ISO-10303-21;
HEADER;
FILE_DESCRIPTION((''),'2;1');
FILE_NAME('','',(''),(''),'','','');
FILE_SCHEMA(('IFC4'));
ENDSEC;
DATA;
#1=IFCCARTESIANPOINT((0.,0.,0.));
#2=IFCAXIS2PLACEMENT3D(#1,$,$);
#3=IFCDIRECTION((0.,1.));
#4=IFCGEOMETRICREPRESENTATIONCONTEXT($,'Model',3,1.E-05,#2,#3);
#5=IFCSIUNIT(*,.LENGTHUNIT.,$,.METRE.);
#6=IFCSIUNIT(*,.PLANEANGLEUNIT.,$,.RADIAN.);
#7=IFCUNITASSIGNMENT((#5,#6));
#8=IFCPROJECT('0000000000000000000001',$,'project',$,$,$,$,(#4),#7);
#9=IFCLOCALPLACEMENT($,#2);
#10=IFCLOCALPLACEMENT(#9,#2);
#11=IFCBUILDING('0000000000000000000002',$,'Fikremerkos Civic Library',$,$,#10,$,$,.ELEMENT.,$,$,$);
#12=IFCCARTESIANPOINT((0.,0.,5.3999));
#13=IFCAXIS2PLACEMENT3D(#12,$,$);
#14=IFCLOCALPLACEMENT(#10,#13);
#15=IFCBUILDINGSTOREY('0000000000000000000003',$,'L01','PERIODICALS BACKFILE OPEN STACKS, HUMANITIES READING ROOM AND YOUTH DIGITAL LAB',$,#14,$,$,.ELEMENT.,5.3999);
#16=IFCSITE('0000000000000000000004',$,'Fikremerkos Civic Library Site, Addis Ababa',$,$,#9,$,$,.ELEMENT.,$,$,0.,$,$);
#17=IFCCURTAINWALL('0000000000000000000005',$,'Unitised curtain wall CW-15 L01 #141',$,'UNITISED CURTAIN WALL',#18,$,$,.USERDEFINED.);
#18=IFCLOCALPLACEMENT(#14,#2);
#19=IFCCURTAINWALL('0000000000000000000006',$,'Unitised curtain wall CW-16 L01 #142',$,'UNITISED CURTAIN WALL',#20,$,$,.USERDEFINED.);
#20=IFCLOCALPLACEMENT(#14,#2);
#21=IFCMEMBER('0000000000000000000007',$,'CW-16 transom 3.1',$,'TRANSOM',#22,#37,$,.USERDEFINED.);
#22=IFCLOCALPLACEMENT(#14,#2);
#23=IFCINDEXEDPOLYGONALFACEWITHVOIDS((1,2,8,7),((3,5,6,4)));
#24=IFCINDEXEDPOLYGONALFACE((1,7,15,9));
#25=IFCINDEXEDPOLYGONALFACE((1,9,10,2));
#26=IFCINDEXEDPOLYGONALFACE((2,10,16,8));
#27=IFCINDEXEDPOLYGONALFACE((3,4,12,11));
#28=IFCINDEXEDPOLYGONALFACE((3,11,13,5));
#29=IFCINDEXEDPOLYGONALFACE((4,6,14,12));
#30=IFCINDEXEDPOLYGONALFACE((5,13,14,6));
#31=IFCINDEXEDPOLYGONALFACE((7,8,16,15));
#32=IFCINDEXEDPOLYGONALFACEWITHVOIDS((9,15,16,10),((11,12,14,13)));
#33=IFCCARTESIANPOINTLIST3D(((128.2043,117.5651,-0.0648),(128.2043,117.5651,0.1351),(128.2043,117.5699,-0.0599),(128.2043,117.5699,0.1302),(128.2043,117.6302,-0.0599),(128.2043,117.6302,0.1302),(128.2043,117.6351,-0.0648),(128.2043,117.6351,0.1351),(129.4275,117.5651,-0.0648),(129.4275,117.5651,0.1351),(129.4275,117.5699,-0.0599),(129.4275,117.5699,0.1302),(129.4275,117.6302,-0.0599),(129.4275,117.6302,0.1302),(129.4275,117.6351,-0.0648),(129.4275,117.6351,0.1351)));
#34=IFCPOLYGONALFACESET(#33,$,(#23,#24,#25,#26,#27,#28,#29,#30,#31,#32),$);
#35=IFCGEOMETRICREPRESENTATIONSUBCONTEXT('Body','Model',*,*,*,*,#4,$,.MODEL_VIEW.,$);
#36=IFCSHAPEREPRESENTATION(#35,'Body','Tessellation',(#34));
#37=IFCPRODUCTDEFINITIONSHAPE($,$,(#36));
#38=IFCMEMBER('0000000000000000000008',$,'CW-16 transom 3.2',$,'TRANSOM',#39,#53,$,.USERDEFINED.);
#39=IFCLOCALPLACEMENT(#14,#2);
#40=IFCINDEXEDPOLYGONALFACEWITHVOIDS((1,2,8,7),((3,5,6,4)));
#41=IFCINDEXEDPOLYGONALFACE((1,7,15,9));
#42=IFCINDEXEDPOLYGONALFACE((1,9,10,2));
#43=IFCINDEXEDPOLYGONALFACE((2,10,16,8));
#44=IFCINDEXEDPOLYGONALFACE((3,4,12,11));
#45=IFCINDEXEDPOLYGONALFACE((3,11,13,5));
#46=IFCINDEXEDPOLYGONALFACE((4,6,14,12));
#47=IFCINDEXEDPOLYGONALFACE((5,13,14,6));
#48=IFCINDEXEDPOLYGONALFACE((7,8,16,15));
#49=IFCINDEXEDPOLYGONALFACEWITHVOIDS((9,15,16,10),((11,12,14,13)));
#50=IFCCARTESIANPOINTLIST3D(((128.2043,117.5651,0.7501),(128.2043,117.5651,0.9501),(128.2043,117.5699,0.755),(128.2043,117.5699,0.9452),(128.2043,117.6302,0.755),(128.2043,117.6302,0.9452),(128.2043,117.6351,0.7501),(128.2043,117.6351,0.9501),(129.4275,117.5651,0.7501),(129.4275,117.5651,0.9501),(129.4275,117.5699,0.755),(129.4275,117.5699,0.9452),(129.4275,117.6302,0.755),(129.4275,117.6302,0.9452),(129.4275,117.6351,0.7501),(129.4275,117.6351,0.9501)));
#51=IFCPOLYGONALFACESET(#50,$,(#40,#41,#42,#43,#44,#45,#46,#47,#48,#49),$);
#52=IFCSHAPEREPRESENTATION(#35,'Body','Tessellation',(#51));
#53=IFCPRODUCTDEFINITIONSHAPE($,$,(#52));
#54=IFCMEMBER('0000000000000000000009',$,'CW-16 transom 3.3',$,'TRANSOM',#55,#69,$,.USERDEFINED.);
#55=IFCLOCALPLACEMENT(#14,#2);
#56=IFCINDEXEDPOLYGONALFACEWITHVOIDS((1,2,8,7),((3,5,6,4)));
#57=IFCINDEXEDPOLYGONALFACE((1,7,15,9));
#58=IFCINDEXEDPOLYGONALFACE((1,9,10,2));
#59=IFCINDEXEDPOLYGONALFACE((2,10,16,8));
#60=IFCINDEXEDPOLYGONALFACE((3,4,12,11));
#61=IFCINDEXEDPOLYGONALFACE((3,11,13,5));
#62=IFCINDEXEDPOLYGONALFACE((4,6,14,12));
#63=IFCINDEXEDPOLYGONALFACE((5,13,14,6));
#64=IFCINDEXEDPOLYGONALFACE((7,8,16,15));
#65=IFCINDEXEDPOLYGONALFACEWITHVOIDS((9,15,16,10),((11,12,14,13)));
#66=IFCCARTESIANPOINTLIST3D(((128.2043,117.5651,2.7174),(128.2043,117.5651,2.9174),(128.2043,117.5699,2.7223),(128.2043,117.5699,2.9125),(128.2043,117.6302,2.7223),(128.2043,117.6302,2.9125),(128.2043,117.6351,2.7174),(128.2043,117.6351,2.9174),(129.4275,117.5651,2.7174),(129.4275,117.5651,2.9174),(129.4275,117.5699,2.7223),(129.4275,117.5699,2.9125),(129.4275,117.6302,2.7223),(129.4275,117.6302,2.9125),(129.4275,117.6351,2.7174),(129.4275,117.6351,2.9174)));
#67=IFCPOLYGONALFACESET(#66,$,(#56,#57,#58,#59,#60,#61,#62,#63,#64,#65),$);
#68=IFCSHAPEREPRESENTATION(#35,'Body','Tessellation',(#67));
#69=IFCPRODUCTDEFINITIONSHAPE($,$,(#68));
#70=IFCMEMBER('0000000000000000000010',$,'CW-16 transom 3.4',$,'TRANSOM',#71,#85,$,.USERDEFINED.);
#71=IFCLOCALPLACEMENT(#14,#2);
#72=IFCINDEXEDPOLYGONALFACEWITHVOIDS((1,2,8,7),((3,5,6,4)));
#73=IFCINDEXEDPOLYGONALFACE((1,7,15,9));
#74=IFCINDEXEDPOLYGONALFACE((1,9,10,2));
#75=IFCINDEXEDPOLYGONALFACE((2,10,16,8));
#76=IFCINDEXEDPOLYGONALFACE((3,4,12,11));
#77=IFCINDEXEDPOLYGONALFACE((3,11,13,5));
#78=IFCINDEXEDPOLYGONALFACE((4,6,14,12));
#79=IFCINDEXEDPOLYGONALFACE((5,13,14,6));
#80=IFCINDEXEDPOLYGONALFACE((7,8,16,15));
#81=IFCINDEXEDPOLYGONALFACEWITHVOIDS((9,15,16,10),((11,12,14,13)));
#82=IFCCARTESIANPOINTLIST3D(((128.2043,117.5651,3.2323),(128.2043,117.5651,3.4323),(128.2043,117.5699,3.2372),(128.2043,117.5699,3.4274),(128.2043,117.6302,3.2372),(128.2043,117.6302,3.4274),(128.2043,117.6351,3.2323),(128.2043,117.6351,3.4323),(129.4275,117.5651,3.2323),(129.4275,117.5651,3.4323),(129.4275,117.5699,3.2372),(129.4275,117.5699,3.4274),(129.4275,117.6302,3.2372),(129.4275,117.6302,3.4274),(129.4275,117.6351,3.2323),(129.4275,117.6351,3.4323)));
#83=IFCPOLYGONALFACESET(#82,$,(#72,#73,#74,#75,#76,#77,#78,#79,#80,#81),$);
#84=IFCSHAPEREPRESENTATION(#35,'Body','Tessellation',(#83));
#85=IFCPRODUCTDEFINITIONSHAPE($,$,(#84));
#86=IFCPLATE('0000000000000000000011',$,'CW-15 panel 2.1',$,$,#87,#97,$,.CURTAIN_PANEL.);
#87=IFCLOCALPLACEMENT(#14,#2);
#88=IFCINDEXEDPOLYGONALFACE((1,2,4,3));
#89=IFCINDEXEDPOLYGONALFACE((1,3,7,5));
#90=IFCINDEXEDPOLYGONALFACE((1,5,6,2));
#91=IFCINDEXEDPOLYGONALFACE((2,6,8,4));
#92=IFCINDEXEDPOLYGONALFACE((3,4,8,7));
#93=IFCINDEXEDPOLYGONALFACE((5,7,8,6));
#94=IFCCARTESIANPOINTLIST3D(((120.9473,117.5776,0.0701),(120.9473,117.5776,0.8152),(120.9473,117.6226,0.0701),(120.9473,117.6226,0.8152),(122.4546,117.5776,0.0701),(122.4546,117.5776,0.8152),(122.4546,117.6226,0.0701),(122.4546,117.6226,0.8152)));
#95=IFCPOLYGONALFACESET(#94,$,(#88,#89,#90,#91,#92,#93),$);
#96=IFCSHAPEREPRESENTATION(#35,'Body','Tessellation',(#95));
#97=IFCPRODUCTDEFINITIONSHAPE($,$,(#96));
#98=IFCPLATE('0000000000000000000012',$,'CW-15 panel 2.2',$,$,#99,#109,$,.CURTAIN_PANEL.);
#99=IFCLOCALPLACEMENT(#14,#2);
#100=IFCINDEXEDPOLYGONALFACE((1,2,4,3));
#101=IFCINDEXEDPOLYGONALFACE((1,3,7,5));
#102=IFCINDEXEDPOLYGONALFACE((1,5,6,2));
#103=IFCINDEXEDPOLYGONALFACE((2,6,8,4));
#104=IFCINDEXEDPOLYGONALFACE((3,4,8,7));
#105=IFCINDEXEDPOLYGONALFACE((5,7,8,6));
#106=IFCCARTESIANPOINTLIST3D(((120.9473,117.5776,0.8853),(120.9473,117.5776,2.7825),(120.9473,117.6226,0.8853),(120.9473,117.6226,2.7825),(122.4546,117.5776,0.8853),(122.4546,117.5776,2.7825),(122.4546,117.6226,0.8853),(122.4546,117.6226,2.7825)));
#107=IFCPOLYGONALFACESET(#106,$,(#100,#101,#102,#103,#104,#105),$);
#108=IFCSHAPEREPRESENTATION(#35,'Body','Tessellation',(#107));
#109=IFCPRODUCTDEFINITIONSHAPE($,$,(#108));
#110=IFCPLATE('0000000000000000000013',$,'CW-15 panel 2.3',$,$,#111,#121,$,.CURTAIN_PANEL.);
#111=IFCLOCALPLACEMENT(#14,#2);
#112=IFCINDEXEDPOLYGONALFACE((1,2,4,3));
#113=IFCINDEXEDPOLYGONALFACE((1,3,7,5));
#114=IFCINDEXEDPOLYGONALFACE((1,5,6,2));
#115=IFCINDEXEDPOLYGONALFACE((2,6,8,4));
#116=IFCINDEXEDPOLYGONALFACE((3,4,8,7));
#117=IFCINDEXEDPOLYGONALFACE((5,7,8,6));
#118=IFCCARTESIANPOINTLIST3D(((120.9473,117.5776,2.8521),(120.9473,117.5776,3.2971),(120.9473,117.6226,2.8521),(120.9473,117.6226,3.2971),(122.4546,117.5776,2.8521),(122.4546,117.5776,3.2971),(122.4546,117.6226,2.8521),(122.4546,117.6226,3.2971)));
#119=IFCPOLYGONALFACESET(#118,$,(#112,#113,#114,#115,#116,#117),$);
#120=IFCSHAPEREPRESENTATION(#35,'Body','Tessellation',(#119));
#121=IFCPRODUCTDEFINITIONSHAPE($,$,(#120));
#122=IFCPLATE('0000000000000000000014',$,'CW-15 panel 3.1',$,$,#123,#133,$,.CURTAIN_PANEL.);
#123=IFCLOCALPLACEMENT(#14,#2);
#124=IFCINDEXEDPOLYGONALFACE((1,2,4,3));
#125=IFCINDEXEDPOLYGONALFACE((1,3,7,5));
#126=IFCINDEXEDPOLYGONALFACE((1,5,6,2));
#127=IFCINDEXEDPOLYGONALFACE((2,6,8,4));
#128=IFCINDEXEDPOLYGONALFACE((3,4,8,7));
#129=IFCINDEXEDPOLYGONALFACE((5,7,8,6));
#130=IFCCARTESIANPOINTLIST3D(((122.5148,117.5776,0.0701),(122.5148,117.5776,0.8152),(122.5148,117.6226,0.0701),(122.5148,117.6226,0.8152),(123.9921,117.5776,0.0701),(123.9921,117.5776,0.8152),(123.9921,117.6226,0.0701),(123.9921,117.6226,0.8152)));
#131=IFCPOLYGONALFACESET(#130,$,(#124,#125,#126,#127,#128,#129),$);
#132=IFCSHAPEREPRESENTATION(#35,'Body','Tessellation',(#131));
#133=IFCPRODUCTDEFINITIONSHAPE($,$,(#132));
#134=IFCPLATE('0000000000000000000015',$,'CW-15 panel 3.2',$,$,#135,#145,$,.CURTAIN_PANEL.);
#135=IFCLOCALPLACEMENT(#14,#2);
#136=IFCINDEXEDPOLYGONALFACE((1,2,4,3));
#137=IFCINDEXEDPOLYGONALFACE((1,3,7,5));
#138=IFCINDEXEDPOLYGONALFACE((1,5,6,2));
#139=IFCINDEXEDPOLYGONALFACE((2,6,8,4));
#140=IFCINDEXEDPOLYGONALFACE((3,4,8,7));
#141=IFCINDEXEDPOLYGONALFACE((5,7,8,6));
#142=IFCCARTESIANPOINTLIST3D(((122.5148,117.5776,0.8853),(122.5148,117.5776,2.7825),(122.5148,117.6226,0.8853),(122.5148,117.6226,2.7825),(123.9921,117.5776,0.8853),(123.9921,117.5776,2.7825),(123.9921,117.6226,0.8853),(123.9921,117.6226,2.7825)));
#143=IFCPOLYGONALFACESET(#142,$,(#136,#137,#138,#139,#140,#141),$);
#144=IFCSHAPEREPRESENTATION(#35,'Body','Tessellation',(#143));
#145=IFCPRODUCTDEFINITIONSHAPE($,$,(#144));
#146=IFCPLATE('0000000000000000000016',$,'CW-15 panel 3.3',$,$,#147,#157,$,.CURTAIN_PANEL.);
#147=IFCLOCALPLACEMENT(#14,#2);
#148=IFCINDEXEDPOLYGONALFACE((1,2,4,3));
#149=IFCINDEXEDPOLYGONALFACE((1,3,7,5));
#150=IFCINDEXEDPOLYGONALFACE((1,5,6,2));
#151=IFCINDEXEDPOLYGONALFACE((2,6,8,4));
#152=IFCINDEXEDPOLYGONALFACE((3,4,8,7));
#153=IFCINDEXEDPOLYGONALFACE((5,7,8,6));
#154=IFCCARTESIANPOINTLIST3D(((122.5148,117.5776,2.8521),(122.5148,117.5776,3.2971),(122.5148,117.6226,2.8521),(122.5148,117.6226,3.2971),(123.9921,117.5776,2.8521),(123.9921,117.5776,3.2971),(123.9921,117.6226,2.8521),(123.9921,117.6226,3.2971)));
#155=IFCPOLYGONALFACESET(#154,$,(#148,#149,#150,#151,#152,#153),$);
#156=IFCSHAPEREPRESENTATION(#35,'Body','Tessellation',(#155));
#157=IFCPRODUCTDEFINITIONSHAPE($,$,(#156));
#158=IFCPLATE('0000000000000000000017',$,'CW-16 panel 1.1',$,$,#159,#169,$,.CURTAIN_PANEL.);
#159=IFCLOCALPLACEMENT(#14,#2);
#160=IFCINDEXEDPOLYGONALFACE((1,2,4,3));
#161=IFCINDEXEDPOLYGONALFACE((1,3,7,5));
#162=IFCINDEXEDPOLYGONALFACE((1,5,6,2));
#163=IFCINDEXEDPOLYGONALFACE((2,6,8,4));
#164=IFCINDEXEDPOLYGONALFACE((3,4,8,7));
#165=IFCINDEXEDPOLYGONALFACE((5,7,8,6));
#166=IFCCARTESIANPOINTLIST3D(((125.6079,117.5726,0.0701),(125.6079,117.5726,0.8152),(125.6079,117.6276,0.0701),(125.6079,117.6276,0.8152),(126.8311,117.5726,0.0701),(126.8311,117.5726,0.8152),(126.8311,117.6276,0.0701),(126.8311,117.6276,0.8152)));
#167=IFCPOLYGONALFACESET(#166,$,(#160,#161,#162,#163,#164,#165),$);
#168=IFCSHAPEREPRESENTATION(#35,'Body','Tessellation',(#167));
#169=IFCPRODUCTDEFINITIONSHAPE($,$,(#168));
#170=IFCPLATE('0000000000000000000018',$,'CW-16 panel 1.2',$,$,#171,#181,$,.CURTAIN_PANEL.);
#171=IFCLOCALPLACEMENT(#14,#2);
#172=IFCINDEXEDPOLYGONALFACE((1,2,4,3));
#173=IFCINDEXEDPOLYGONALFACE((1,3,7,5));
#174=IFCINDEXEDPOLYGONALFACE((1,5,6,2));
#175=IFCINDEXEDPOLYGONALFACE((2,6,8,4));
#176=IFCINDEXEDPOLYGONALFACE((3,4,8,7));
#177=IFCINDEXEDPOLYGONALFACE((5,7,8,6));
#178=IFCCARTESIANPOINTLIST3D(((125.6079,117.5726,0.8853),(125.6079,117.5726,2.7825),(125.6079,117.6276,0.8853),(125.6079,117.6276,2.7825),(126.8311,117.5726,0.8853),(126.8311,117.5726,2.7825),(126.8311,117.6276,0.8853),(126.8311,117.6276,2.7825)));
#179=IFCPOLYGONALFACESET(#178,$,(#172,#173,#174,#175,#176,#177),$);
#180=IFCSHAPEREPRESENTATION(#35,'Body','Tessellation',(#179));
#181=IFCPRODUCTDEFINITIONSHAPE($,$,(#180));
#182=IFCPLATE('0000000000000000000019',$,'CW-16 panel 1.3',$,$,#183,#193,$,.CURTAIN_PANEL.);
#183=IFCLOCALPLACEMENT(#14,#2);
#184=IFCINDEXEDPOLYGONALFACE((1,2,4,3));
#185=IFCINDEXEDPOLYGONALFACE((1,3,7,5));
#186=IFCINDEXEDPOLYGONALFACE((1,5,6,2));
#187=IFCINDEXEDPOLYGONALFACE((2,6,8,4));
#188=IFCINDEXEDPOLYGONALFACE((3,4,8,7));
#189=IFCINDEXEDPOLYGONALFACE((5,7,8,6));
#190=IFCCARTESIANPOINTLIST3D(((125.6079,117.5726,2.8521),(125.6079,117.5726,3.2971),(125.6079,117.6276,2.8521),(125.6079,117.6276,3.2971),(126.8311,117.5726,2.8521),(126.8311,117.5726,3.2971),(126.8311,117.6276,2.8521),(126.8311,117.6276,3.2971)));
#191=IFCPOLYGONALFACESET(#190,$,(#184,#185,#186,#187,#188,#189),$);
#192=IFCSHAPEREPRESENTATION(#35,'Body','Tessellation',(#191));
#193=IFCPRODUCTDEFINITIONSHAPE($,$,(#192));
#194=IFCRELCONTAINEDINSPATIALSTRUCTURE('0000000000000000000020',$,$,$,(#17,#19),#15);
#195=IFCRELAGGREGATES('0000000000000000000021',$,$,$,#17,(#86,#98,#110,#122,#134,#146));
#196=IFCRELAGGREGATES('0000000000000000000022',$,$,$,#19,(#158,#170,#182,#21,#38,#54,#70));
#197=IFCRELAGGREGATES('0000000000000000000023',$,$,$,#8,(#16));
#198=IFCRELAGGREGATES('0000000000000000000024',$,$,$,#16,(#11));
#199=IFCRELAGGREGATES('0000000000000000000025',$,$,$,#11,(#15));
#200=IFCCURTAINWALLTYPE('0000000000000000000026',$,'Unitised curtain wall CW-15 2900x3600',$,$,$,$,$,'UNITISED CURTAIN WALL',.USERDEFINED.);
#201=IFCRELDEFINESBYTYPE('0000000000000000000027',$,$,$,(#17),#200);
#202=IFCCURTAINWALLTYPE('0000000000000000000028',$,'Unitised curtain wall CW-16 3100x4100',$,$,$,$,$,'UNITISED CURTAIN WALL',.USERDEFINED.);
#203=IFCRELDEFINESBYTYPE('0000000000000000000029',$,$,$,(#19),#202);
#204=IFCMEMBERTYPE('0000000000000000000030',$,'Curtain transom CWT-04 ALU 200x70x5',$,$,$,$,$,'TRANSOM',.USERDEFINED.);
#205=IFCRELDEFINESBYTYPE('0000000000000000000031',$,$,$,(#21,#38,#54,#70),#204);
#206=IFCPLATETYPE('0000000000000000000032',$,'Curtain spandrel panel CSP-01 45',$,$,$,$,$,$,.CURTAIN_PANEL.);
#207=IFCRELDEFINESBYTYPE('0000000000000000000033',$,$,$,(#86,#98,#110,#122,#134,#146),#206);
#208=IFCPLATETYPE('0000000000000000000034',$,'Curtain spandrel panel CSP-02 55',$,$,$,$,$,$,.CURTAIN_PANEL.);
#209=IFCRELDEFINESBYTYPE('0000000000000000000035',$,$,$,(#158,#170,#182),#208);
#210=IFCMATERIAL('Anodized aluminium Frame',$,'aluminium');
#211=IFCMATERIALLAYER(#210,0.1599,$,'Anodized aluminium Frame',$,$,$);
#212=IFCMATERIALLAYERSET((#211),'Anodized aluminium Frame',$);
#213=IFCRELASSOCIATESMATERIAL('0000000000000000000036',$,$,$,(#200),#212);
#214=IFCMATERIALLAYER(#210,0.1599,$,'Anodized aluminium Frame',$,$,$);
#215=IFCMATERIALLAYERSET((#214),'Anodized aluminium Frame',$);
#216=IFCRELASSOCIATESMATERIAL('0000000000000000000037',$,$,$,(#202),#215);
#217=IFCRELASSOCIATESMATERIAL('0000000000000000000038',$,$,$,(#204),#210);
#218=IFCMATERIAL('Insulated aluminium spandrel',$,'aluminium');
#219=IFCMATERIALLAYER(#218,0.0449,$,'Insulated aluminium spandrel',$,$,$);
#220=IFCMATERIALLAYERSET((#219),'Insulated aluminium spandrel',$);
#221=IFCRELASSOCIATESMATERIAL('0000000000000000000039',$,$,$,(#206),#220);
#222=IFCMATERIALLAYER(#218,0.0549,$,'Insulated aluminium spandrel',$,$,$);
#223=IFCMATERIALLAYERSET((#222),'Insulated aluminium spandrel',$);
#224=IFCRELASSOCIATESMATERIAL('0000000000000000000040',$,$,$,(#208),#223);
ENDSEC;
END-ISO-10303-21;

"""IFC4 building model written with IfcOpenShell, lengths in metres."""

from ifc_helpers import new_model, si_unit, direction, frame, origin, origin_2d, place, context, subcontext, project, spatial, rectangle, hollow_rectangle, extrude, material, layer, layer_set, material_profile, profile_set, type_object, element, aggregate, save


model = new_model("IFC4")

# Units and contexts
model_context = context("Model", 3, precision=1e-05, world=origin(), true_north=direction((0.0, 1.0)))
body_context = subcontext(model_context, "Body", "Model", "MODEL_VIEW")
ifc_project = project(units=[si_unit("LENGTHUNIT", "METRE"), si_unit("PLANEANGLEUNIT", "RADIAN")], contexts=[model_context])

# Site, building, storey
site_placement = place(None, origin())
site = spatial("IfcSite", under=ifc_project, at=site_placement, Name="Fikremerkos Civic Library Site, Addis Ababa", CompositionType="ELEMENT", RefElevation=0.0)
building_placement = place(site_placement, origin())
building = spatial("IfcBuilding", under=site, at=building_placement, Name="Fikremerkos Civic Library", CompositionType="ELEMENT")
storey_placement = place(building_placement, frame((0.0, 0.0, 5.3999)))
storey = spatial("IfcBuildingStorey", under=building, at=storey_placement, Name="L01", Description="PERIODICALS BACKFILE OPEN STACKS, HUMANITIES READING ROOM AND YOUTH DIGITAL LAB", CompositionType="ELEMENT", Elevation=5.3999)

# Curtain walls
ifc_material_1 = material(Name="Anodized aluminium Frame", Category="aluminium")
ifc_layer_1 = layer(ifc_material_1, 0.1599, Name="Anodized aluminium Frame")
ifc_layer_set_1 = layer_set([ifc_layer_1], Name="Anodized aluminium Frame")
curtain_wall_type_1 = type_object("IfcCurtainWallType", Name="Unitised curtain wall CW-15 2900x3600", ElementType="UNITISED CURTAIN WALL", PredefinedType="USERDEFINED", material=ifc_layer_set_1)
curtain_wall_1_placement = place(storey_placement, origin())
curtain_wall_1 = element("IfcCurtainWall", 1, at=curtain_wall_1_placement, inside=storey, type_object=curtain_wall_type_1, Name="Unitised curtain wall CW-15 L01 #141", ObjectType="UNITISED CURTAIN WALL", PredefinedType="USERDEFINED")
ifc_layer_2 = layer(ifc_material_1, 0.1599, Name="Anodized aluminium Frame")
ifc_layer_set_2 = layer_set([ifc_layer_2], Name="Anodized aluminium Frame")
curtain_wall_type_2 = type_object("IfcCurtainWallType", Name="Unitised curtain wall CW-16 3100x4100", ElementType="UNITISED CURTAIN WALL", PredefinedType="USERDEFINED", material=ifc_layer_set_2)
curtain_wall_2_placement = place(storey_placement, origin())
curtain_wall_2 = element("IfcCurtainWall", 2, at=curtain_wall_2_placement, inside=storey, type_object=curtain_wall_type_2, Name="Unitised curtain wall CW-16 L01 #142", ObjectType="UNITISED CURTAIN WALL", PredefinedType="USERDEFINED")

# Members
ifc_material_profile_1 = material_profile(ifc_material_1, hollow_rectangle(XDim=0.0701, YDim=0.2, WallThickness=0.0049, at=origin_2d()), Name="ALU 200x70x5")
ifc_profile_set_1 = profile_set([ifc_material_profile_1], Name="Anodized aluminium Frame")
member_type_1 = type_object("IfcMemberType", Name="Curtain transom CWT-04 ALU 200x70x5", ElementType="TRANSOM", PredefinedType="USERDEFINED", material=ifc_profile_set_1)
member_1_placement = place(storey_placement, frame((128.2043, 117.6001, 0.0352), z_axis=(1.0, 0.0, 0.0), x_axis=(0.0, 1.0, 0.0)))
member_1 = element("IfcMember", 3, at=member_1_placement, type_object=member_type_1, Name="CW-16 transom 3.1", ObjectType="TRANSOM", PredefinedType="USERDEFINED", context=body_context, shape_type="SweptSolid", body=[
    extrude(hollow_rectangle(XDim=0.0701, YDim=0.2, WallThickness=0.0049, at=origin_2d()), origin(), (0.0, 0.0, 1.0), 1.2231),
])
member_2_placement = place(storey_placement, frame((128.2043, 117.6001, 0.8501), z_axis=(1.0, 0.0, 0.0), x_axis=(0.0, 1.0, 0.0)))
member_2 = element("IfcMember", 4, at=member_2_placement, type_object=member_type_1, Name="CW-16 transom 3.2", ObjectType="TRANSOM", PredefinedType="USERDEFINED", context=body_context, shape_type="SweptSolid", body=[
    extrude(hollow_rectangle(XDim=0.0701, YDim=0.2, WallThickness=0.0049, at=origin_2d()), origin(), (0.0, 0.0, 1.0), 1.2231),
])
member_3_placement = place(storey_placement, frame((128.2043, 117.6001, 2.8174), z_axis=(1.0, 0.0, 0.0), x_axis=(0.0, 1.0, 0.0)))
member_3 = element("IfcMember", 5, at=member_3_placement, type_object=member_type_1, Name="CW-16 transom 3.3", ObjectType="TRANSOM", PredefinedType="USERDEFINED", context=body_context, shape_type="SweptSolid", body=[
    extrude(hollow_rectangle(XDim=0.0701, YDim=0.2, WallThickness=0.0049, at=origin_2d()), origin(), (0.0, 0.0, 1.0), 1.2231),
])
member_4_placement = place(storey_placement, frame((128.2043, 117.6001, 3.3323), z_axis=(1.0, 0.0, 0.0), x_axis=(0.0, 1.0, 0.0)))
member_4 = element("IfcMember", 6, at=member_4_placement, type_object=member_type_1, Name="CW-16 transom 3.4", ObjectType="TRANSOM", PredefinedType="USERDEFINED", context=body_context, shape_type="SweptSolid", body=[
    extrude(hollow_rectangle(XDim=0.0701, YDim=0.2, WallThickness=0.0049, at=origin_2d()), origin(), (0.0, 0.0, 1.0), 1.2231),
])

# Plates
ifc_material_2 = material(Name="Insulated aluminium spandrel", Category="aluminium")
ifc_layer_3 = layer(ifc_material_2, 0.0449, Name="Insulated aluminium spandrel")
ifc_layer_set_3 = layer_set([ifc_layer_3], Name="Insulated aluminium spandrel")
plate_type_1 = type_object("IfcPlateType", Name="Curtain spandrel panel CSP-01 45", PredefinedType="CURTAIN_PANEL", material=ifc_layer_set_3)
plate_1_placement = place(storey_placement, frame((121.7009, 117.6001, 0.0701), z_axis=(0.0, 0.0, 1.0), x_axis=(1.0, 0.0, 0.0)))
plate_1 = element("IfcPlate", 7, at=plate_1_placement, type_object=plate_type_1, Name="CW-15 panel 2.1", PredefinedType="CURTAIN_PANEL", context=body_context, shape_type="SweptSolid", body=[
    extrude(rectangle(XDim=1.5073, YDim=0.0449, at=origin_2d()), origin(), (0.0, 0.0, 1.0), 0.7451),
])
plate_2_placement = place(storey_placement, frame((121.7009, 117.6001, 0.8853), z_axis=(0.0, 0.0, 1.0), x_axis=(1.0, 0.0, 0.0)))
plate_2 = element("IfcPlate", 8, at=plate_2_placement, type_object=plate_type_1, Name="CW-15 panel 2.2", PredefinedType="CURTAIN_PANEL", context=body_context, shape_type="SweptSolid", body=[
    extrude(rectangle(XDim=1.5073, YDim=0.0449, at=origin_2d()), origin(), (0.0, 0.0, 1.0), 1.8972),
])
plate_3_placement = place(storey_placement, frame((121.7009, 117.6001, 2.8521), z_axis=(0.0, 0.0, 1.0), x_axis=(1.0, 0.0, 0.0)))
plate_3 = element("IfcPlate", 9, at=plate_3_placement, type_object=plate_type_1, Name="CW-15 panel 2.3", PredefinedType="CURTAIN_PANEL", context=body_context, shape_type="SweptSolid", body=[
    extrude(rectangle(XDim=1.5073, YDim=0.0449, at=origin_2d()), origin(), (0.0, 0.0, 1.0), 0.4451),
])
plate_4_placement = place(storey_placement, frame((123.2534, 117.6001, 0.0701), z_axis=(0.0, 0.0, 1.0), x_axis=(1.0, 0.0, 0.0)))
plate_4 = element("IfcPlate", 10, at=plate_4_placement, type_object=plate_type_1, Name="CW-15 panel 3.1", PredefinedType="CURTAIN_PANEL", context=body_context, shape_type="SweptSolid", body=[
    extrude(rectangle(XDim=1.4773, YDim=0.0449, at=origin_2d()), origin(), (0.0, 0.0, 1.0), 0.7451),
])
plate_5_placement = place(storey_placement, frame((123.2534, 117.6001, 0.8853), z_axis=(0.0, 0.0, 1.0), x_axis=(1.0, 0.0, 0.0)))
plate_5 = element("IfcPlate", 11, at=plate_5_placement, type_object=plate_type_1, Name="CW-15 panel 3.2", PredefinedType="CURTAIN_PANEL", context=body_context, shape_type="SweptSolid", body=[
    extrude(rectangle(XDim=1.4773, YDim=0.0449, at=origin_2d()), origin(), (0.0, 0.0, 1.0), 1.8972),
])
plate_6_placement = place(storey_placement, frame((123.2534, 117.6001, 2.8521), z_axis=(0.0, 0.0, 1.0), x_axis=(1.0, 0.0, 0.0)))
plate_6 = element("IfcPlate", 12, at=plate_6_placement, type_object=plate_type_1, Name="CW-15 panel 3.3", PredefinedType="CURTAIN_PANEL", context=body_context, shape_type="SweptSolid", body=[
    extrude(rectangle(XDim=1.4773, YDim=0.0449, at=origin_2d()), origin(), (0.0, 0.0, 1.0), 0.4451),
])
aggregate(curtain_wall_1, [plate_1, plate_2, plate_3, plate_4, plate_5, plate_6])
ifc_layer_4 = layer(ifc_material_2, 0.0549, Name="Insulated aluminium spandrel")
ifc_layer_set_4 = layer_set([ifc_layer_4], Name="Insulated aluminium spandrel")
plate_type_2 = type_object("IfcPlateType", Name="Curtain spandrel panel CSP-02 55", PredefinedType="CURTAIN_PANEL", material=ifc_layer_set_4)
plate_7_placement = place(storey_placement, frame((126.2195, 117.6001, 0.0701), z_axis=(0.0, 0.0, 1.0), x_axis=(1.0, 0.0, 0.0)))
plate_7 = element("IfcPlate", 13, at=plate_7_placement, type_object=plate_type_2, Name="CW-16 panel 1.1", PredefinedType="CURTAIN_PANEL", context=body_context, shape_type="SweptSolid", body=[
    extrude(rectangle(XDim=1.2231, YDim=0.0549, at=origin_2d()), origin(), (0.0, 0.0, 1.0), 0.7451),
])
plate_8_placement = place(storey_placement, frame((126.2195, 117.6001, 0.8853), z_axis=(0.0, 0.0, 1.0), x_axis=(1.0, 0.0, 0.0)))
plate_8 = element("IfcPlate", 14, at=plate_8_placement, type_object=plate_type_2, Name="CW-16 panel 1.2", PredefinedType="CURTAIN_PANEL", context=body_context, shape_type="SweptSolid", body=[
    extrude(rectangle(XDim=1.2231, YDim=0.0549, at=origin_2d()), origin(), (0.0, 0.0, 1.0), 1.8972),
])
plate_9_placement = place(storey_placement, frame((126.2195, 117.6001, 2.8521), z_axis=(0.0, 0.0, 1.0), x_axis=(1.0, 0.0, 0.0)))
plate_9 = element("IfcPlate", 15, at=plate_9_placement, type_object=plate_type_2, Name="CW-16 panel 1.3", PredefinedType="CURTAIN_PANEL", context=body_context, shape_type="SweptSolid", body=[
    extrude(rectangle(XDim=1.2231, YDim=0.0549, at=origin_2d()), origin(), (0.0, 0.0, 1.0), 0.4451),
])
aggregate(curtain_wall_2, [plate_7, plate_8, plate_9, member_1, member_2, member_3, member_4])

save(model, "model.ifc")
